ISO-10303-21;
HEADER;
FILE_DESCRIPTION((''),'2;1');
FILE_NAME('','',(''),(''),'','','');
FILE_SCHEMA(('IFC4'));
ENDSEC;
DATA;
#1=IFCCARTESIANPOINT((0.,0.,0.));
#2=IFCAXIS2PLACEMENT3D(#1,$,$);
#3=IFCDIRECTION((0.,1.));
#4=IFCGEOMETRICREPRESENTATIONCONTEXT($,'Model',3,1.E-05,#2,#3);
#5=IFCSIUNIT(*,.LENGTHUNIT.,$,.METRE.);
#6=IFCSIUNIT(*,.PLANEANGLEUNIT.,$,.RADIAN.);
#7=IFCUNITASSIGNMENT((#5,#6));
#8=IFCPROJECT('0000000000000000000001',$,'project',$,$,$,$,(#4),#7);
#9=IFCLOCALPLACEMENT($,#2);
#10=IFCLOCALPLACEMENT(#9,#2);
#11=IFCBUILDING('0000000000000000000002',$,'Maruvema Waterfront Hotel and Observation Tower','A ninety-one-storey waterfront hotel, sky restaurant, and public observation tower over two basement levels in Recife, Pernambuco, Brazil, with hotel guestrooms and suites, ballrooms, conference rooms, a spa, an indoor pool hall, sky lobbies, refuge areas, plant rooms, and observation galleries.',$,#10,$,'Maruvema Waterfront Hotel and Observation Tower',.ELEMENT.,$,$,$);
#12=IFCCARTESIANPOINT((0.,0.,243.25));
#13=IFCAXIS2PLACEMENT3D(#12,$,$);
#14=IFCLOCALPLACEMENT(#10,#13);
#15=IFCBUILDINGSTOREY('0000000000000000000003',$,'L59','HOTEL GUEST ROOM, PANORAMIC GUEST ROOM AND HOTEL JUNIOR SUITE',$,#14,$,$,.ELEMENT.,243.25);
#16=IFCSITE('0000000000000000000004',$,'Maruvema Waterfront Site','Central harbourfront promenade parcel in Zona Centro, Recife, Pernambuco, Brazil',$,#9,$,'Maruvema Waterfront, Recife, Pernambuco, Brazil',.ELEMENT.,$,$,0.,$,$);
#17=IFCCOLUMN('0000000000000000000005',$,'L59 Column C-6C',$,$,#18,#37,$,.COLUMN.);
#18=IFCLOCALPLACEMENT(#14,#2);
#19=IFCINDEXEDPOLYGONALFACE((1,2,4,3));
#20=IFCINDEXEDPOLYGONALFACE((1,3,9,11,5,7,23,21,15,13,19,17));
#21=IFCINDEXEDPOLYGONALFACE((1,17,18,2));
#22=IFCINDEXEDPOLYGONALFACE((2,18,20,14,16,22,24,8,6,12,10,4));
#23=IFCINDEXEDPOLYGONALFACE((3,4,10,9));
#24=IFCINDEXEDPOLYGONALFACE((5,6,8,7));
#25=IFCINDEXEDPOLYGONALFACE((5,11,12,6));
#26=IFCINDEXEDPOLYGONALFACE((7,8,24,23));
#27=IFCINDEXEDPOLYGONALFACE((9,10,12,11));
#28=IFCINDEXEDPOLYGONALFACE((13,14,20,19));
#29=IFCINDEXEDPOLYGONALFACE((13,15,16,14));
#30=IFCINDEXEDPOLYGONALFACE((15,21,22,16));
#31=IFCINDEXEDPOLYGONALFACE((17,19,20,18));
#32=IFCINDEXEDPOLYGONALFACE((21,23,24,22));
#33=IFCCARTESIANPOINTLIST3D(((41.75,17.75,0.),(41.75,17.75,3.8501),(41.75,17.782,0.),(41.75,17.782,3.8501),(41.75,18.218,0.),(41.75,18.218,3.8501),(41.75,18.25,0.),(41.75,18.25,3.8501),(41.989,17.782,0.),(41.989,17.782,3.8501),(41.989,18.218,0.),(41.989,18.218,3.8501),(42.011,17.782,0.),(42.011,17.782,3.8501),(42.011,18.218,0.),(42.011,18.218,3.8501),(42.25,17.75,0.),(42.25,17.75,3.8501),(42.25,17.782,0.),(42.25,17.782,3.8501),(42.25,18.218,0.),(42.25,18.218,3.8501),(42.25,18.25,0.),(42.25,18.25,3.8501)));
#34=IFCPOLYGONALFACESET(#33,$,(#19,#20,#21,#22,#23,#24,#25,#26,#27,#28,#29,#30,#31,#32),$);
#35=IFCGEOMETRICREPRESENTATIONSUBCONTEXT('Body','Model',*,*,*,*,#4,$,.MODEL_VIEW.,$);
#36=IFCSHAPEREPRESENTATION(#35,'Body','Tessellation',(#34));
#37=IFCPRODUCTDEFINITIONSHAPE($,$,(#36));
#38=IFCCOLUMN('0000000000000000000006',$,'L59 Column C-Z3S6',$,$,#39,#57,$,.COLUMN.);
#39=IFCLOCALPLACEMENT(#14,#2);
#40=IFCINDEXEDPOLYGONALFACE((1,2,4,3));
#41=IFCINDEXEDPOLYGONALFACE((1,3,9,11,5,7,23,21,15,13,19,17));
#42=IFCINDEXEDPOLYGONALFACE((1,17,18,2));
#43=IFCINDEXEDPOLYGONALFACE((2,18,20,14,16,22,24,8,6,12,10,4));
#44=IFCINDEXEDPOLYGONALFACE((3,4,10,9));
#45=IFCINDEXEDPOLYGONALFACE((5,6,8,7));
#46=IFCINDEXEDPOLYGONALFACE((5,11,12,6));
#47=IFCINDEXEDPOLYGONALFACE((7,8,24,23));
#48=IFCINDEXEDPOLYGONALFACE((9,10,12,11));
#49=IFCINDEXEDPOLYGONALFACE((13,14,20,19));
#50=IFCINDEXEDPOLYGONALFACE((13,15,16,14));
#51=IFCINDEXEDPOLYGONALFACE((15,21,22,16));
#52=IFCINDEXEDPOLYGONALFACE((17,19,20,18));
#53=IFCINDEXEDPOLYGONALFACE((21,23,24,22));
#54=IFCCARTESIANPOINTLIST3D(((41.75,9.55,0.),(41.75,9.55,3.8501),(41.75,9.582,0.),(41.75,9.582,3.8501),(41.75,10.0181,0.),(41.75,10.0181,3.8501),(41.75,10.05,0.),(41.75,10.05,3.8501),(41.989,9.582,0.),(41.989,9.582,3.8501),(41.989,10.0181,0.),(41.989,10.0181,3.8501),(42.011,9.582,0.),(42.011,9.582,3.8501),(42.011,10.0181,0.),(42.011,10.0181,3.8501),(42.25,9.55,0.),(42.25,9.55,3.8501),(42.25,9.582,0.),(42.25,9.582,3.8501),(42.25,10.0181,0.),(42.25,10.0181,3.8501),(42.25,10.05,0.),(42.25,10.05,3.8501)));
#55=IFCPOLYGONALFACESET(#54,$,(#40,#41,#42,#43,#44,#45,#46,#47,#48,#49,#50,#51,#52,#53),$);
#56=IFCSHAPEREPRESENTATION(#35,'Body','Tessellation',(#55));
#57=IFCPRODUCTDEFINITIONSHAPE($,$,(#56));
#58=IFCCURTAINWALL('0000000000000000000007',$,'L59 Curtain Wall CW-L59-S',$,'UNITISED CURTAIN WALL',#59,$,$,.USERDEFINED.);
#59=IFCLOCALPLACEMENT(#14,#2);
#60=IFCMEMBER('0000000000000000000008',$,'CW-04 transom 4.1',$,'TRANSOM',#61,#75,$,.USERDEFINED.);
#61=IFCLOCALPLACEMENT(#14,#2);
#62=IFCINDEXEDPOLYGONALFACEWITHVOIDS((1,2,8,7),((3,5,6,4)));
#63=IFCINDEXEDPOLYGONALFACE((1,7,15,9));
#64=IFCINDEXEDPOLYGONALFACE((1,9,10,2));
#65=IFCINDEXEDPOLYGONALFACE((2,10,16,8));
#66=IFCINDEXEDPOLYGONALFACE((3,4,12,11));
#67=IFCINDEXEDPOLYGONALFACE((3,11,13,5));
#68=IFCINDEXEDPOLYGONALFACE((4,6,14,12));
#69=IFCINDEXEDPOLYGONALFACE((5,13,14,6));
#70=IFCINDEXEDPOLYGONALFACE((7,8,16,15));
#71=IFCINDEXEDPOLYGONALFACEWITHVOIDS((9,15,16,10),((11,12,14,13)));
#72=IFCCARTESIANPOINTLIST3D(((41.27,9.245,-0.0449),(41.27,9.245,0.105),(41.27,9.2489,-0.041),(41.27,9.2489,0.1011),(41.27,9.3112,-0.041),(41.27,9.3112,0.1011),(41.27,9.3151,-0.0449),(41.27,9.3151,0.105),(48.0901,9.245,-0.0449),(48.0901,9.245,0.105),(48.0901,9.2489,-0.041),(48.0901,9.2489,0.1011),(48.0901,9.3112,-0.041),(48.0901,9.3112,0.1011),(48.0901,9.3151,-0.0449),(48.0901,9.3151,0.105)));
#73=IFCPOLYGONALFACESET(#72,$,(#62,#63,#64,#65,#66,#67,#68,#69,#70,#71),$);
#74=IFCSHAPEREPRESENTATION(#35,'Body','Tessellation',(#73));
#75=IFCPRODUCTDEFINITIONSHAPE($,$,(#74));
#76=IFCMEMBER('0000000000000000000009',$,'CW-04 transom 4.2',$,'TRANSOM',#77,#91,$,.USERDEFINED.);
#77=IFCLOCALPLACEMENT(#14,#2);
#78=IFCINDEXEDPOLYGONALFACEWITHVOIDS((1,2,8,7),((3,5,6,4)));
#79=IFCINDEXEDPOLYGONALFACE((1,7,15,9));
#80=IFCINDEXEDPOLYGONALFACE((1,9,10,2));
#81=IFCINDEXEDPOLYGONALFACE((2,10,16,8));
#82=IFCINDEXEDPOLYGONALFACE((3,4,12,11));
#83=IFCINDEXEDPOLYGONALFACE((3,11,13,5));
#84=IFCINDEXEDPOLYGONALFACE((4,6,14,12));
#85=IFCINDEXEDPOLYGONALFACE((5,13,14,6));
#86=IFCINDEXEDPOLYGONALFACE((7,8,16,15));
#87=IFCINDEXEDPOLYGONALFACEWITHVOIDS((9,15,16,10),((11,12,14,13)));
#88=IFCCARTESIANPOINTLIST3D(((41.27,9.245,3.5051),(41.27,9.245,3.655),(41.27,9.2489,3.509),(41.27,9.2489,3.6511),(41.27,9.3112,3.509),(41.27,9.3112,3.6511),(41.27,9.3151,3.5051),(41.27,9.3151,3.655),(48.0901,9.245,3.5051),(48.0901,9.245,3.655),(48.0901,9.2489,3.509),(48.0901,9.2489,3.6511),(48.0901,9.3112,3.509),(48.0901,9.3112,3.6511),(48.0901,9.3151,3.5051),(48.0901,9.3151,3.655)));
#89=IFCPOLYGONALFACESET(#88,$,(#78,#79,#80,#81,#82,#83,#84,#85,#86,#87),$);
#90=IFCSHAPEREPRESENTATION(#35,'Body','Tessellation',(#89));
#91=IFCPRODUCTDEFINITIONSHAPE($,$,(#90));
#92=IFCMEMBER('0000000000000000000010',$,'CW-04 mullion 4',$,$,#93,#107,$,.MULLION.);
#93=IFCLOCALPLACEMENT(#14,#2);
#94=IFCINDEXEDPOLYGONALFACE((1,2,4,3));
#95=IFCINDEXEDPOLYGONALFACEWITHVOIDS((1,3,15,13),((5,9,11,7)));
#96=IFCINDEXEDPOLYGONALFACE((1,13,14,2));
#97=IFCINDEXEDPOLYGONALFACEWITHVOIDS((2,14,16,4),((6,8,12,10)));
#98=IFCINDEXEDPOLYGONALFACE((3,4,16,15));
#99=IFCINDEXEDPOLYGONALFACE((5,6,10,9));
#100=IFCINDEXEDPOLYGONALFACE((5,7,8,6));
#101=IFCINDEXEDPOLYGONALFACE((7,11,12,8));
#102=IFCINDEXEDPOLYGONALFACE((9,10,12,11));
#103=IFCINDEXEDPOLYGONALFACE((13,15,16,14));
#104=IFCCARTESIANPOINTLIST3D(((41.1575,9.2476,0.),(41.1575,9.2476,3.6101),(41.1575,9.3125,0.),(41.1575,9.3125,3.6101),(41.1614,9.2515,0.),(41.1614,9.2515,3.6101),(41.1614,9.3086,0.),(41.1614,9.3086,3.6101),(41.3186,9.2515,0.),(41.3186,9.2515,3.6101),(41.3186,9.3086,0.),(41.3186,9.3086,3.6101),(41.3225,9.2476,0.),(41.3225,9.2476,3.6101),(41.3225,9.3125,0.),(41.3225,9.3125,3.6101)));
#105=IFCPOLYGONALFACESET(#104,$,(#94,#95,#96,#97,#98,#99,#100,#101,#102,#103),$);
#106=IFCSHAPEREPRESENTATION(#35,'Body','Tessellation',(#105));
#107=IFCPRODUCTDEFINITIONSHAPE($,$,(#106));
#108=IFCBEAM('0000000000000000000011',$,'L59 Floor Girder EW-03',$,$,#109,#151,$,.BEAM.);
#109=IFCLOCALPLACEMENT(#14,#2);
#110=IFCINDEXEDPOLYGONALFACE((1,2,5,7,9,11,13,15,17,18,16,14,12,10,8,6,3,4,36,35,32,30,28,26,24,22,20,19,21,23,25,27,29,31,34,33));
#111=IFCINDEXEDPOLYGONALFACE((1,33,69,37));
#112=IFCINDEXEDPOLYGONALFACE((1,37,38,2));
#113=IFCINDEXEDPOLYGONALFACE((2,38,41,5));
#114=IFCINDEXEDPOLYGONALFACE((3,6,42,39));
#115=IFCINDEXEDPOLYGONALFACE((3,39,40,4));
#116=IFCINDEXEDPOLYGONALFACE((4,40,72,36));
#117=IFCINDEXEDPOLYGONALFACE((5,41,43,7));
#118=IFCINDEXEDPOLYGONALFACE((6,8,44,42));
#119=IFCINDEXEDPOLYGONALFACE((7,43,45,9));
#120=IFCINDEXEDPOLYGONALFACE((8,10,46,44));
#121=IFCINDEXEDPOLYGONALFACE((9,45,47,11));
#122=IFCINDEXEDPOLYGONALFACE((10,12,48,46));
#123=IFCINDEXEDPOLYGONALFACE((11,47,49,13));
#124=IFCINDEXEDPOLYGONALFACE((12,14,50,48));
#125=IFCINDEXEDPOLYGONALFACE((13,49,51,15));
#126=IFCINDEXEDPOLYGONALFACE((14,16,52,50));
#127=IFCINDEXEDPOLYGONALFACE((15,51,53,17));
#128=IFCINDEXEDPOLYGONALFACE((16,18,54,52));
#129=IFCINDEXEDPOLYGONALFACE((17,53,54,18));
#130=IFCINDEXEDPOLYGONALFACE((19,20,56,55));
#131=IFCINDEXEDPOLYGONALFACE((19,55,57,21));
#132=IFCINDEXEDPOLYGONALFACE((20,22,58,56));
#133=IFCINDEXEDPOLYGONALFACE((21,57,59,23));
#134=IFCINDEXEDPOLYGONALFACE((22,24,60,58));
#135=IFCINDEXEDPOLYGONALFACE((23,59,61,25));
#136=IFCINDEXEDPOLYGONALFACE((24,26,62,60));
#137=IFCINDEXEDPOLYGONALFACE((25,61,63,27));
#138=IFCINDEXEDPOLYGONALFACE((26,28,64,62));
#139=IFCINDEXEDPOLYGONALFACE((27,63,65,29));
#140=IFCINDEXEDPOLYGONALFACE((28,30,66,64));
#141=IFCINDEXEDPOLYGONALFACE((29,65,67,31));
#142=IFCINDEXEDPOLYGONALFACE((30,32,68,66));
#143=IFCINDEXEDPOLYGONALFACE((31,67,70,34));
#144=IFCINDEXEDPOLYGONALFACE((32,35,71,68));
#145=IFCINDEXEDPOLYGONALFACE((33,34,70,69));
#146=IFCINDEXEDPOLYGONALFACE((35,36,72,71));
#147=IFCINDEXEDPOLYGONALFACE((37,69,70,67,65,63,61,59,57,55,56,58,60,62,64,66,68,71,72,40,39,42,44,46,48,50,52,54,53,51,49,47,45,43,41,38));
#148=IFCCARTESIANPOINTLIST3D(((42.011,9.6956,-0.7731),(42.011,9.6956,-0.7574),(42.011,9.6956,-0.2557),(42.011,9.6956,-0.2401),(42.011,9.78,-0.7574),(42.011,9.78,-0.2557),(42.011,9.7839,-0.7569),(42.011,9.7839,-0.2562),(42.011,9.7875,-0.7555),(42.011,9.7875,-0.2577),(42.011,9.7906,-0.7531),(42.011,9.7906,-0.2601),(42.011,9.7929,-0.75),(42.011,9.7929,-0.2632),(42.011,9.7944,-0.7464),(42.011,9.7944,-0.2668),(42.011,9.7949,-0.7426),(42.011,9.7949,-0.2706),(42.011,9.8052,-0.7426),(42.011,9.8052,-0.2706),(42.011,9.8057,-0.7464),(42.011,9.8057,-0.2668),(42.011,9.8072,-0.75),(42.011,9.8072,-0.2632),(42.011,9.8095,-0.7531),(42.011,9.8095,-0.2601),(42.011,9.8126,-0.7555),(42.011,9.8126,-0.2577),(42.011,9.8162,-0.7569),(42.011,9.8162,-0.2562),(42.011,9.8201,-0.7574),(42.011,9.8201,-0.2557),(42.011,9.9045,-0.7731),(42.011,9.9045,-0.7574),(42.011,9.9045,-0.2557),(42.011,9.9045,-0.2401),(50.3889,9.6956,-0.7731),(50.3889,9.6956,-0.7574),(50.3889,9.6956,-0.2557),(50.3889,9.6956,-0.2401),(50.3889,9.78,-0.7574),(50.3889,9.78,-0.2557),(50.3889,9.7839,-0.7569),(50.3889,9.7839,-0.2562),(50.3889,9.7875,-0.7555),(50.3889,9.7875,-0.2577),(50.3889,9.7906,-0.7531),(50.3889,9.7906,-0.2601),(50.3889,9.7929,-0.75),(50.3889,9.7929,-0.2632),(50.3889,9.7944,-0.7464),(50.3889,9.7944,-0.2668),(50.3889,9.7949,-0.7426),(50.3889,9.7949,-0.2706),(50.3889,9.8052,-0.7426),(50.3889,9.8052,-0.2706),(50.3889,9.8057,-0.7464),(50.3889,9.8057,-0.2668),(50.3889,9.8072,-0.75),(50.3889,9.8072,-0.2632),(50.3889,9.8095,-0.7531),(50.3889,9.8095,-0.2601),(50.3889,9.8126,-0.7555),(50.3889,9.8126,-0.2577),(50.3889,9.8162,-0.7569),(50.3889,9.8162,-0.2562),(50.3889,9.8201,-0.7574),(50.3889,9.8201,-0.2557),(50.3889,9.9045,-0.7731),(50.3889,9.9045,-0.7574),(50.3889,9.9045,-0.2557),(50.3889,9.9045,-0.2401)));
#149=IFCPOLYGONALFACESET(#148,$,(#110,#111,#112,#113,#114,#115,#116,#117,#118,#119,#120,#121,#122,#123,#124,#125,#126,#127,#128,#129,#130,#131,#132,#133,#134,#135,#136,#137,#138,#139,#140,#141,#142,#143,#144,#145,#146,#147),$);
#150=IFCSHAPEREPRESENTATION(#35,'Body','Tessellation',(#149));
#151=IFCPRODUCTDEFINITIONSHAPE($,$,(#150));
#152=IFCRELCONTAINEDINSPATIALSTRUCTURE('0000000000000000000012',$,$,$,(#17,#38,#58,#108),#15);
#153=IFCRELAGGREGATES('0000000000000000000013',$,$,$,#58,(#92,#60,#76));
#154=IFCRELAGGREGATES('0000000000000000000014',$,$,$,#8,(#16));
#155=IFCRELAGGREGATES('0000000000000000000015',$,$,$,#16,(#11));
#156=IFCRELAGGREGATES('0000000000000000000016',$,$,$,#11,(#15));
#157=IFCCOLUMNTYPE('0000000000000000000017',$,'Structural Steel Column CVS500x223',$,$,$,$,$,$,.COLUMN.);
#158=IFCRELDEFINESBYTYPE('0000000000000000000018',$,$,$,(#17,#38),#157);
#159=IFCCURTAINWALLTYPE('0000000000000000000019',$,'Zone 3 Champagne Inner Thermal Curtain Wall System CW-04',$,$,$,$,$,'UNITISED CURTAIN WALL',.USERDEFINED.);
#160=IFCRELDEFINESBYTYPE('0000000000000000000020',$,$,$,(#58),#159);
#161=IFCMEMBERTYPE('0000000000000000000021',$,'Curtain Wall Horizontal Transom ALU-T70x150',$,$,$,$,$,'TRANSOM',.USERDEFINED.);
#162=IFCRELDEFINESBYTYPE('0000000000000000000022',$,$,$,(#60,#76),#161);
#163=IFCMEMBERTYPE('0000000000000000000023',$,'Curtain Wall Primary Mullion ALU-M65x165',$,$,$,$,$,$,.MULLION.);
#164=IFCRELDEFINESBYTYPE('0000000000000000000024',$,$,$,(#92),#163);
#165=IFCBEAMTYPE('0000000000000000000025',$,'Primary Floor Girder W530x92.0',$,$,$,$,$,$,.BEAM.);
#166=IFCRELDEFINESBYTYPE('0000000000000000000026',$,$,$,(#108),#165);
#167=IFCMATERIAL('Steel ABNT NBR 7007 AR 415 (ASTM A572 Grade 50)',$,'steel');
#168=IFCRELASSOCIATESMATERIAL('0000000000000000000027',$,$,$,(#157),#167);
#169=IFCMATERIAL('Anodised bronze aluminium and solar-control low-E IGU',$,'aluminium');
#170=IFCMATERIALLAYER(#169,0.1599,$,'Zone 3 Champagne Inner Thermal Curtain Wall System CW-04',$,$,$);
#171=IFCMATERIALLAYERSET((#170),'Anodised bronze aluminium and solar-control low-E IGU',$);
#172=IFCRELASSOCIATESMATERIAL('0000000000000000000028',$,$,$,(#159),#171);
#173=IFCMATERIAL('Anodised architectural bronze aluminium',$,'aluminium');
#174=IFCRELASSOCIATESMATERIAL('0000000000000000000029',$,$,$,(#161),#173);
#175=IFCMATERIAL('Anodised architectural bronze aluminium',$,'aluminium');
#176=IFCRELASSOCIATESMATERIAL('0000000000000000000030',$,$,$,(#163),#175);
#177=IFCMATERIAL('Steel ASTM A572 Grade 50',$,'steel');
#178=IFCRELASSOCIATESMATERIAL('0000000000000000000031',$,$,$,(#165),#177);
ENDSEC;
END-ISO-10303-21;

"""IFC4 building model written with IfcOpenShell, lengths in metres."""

from ifc_helpers import new_model, si_unit, direction, frame, origin, origin_2d, place, context, subcontext, project, spatial, hollow_rectangle, i_section, extrude, material, layer, layer_set, material_profile, profile_set, type_object, element, aggregate, save


model = new_model("IFC4")

# Units and contexts
model_context = context("Model", 3, precision=1e-05, world=origin(), true_north=direction((0.0, 1.0)))
body_context = subcontext(model_context, "Body", "Model", "MODEL_VIEW")
ifc_project = project(units=[si_unit("LENGTHUNIT", "METRE"), si_unit("PLANEANGLEUNIT", "RADIAN")], contexts=[model_context])

# Site, building, storey
site_placement = place(None, origin())
site = spatial("IfcSite", under=ifc_project, at=site_placement, Name="Maruvema Waterfront Site", Description="Central harbourfront promenade parcel in Zona Centro, Recife, Pernambuco, Brazil", LongName="Maruvema Waterfront, Recife, Pernambuco, Brazil", CompositionType="ELEMENT", RefElevation=0.0)
building_placement = place(site_placement, origin())
building = spatial("IfcBuilding", under=site, at=building_placement, Name="Maruvema Waterfront Hotel and Observation Tower", Description="A ninety-one-storey waterfront hotel, sky restaurant, and public observation tower over two basement levels in Recife, Pernambuco, Brazil, with hotel guestrooms and suites, ballrooms, conference rooms, a spa, an indoor pool hall, sky lobbies, refuge areas, plant rooms, and observation galleries.", LongName="Maruvema Waterfront Hotel and Observation Tower", CompositionType="ELEMENT")
storey_placement = place(building_placement, frame((0.0, 0.0, 243.25)))
storey = spatial("IfcBuildingStorey", under=building, at=storey_placement, Name="L59", Description="HOTEL GUEST ROOM, PANORAMIC GUEST ROOM AND HOTEL JUNIOR SUITE", CompositionType="ELEMENT", Elevation=243.25)

# Columns
ifc_material_1 = material(Name="Steel ABNT NBR 7007 AR 415 (ASTM A572 Grade 50)", Category="steel")
ifc_material_profile_1 = material_profile(ifc_material_1, i_section(OverallWidth=0.5, OverallDepth=0.5, WebThickness=0.022, FlangeThickness=0.032, at=origin_2d()), Name="CVS500x223")
ifc_profile_set_1 = profile_set([ifc_material_profile_1], Name="Steel ABNT NBR 7007 AR 415 (ASTM A572 Grade 50)")
column_type = type_object("IfcColumnType", Name="Structural Steel Column CVS500x223", PredefinedType="COLUMN", material=ifc_profile_set_1)
for number, where, z_axis, x_axis, name in (
    (1, (42.0, 18.0, 0.0), (0.0, 0.0, 1.0), (1.0, 0.0, 0.0), "L59 Column C-6C"),
    (2, (42.0, 9.8, 0.0), (0.0, 0.0, 1.0), (1.0, 0.0, 0.0), "L59 Column C-Z3S6"),
):
    element("IfcColumn", number, at=place(storey_placement, frame(where, z_axis=z_axis, x_axis=x_axis)), inside=storey, type_object=column_type, Name=name, PredefinedType="COLUMN", context=body_context, shape_type="SweptSolid", body=[
        extrude(i_section(OverallWidth=0.5, OverallDepth=0.5, WebThickness=0.022, FlangeThickness=0.032, at=origin_2d()), origin(), (0.0, 0.0, 1.0), 3.8501),
    ])

# Curtain wall, members
ifc_material_2 = material(Name="Anodised bronze aluminium and solar-control low-E IGU", Category="aluminium")
ifc_layer_1 = layer(ifc_material_2, 0.1599, Name="Zone 3 Champagne Inner Thermal Curtain Wall System CW-04")
ifc_layer_set_1 = layer_set([ifc_layer_1], Name="Anodised bronze aluminium and solar-control low-E IGU")
curtain_wall_type = type_object("IfcCurtainWallType", Name="Zone 3 Champagne Inner Thermal Curtain Wall System CW-04", ElementType="UNITISED CURTAIN WALL", PredefinedType="USERDEFINED", material=ifc_layer_set_1)
curtain_wall_placement = place(storey_placement, origin())
curtain_wall = element("IfcCurtainWall", 3, at=curtain_wall_placement, inside=storey, type_object=curtain_wall_type, Name="L59 Curtain Wall CW-L59-S", ObjectType="UNITISED CURTAIN WALL", PredefinedType="USERDEFINED")
ifc_material_3 = material(Name="Anodised architectural bronze aluminium", Category="aluminium")
ifc_material_profile_2 = material_profile(ifc_material_3, hollow_rectangle(XDim=0.0701, YDim=0.1499, WallThickness=0.0039, at=origin_2d()), Name="ALU-T70x150")
ifc_profile_set_2 = profile_set([ifc_material_profile_2], Name="Anodised architectural bronze aluminium")
member_type_1 = type_object("IfcMemberType", Name="Curtain Wall Horizontal Transom ALU-T70x150", ElementType="TRANSOM", PredefinedType="USERDEFINED", material=ifc_profile_set_2)
member_1_placement = place(storey_placement, frame((41.27, 9.28, 0.03), z_axis=(1.0, 0.0, 0.0), x_axis=(0.0, 1.0, 0.0)))
member_1 = element("IfcMember", 4, at=member_1_placement, type_object=member_type_1, Name="CW-04 transom 4.1", ObjectType="TRANSOM", PredefinedType="USERDEFINED", context=body_context, shape_type="SweptSolid", body=[
    extrude(hollow_rectangle(XDim=0.0701, YDim=0.1499, WallThickness=0.0039, at=origin_2d()), origin(), (0.0, 0.0, 1.0), 6.8201),
])
member_2_placement = place(storey_placement, frame((41.27, 9.28, 3.5801), z_axis=(1.0, 0.0, 0.0), x_axis=(0.0, 1.0, 0.0)))
member_2 = element("IfcMember", 5, at=member_2_placement, type_object=member_type_1, Name="CW-04 transom 4.2", ObjectType="TRANSOM", PredefinedType="USERDEFINED", context=body_context, shape_type="SweptSolid", body=[
    extrude(hollow_rectangle(XDim=0.0701, YDim=0.1499, WallThickness=0.0039, at=origin_2d()), origin(), (0.0, 0.0, 1.0), 6.8201),
])
ifc_material_4 = material(Name="Anodised architectural bronze aluminium", Category="aluminium")
ifc_material_profile_3 = material_profile(ifc_material_4, hollow_rectangle(XDim=0.0649, YDim=0.165, WallThickness=0.0039, at=origin_2d()), Name="ALU-M65x165")
ifc_profile_set_3 = profile_set([ifc_material_profile_3], Name="Anodised architectural bronze aluminium")
member_type_2 = type_object("IfcMemberType", Name="Curtain Wall Primary Mullion ALU-M65x165", PredefinedType="MULLION", material=ifc_profile_set_3)
member_3_placement = place(storey_placement, frame((41.24, 9.28, 0.0), z_axis=(0.0, 0.0, 1.0), x_axis=(0.0, 1.0, 0.0)))
member_3 = element("IfcMember", 6, at=member_3_placement, type_object=member_type_2, Name="CW-04 mullion 4", PredefinedType="MULLION", context=body_context, shape_type="SweptSolid", body=[
    extrude(hollow_rectangle(XDim=0.0649, YDim=0.165, WallThickness=0.0039, at=origin_2d()), origin(), (0.0, 0.0, 1.0), 3.6101),
])

# Beam
ifc_material_5 = material(Name="Steel ASTM A572 Grade 50", Category="steel")
ifc_material_profile_4 = material_profile(ifc_material_5, i_section(OverallWidth=0.209, OverallDepth=0.533, WebThickness=0.0103, FlangeThickness=0.0156, FilletRadius=0.0149, at=origin_2d()), Name="W530x92.0")
ifc_profile_set_4 = profile_set([ifc_material_profile_4], Name="Steel ASTM A572 Grade 50")
beam_type_1 = type_object("IfcBeamType", Name="Primary Floor Girder W530x92.0", PredefinedType="BEAM", material=ifc_profile_set_4)
beam_1_placement = place(storey_placement, frame((42.011, 9.8, -0.5066), z_axis=(1.0, 0.0, 0.0), x_axis=(0.0, 1.0, 0.0)))
element("IfcBeam", 7, at=beam_1_placement, inside=storey, type_object=beam_type_1, Name="L59 Floor Girder EW-03", PredefinedType="BEAM", context=body_context, shape_type="SweptSolid", body=[
    extrude(i_section(OverallWidth=0.209, OverallDepth=0.533, WebThickness=0.0103, FlangeThickness=0.0156, FilletRadius=0.0149, at=origin_2d()), origin(), (0.0, 0.0, 1.0), 8.3779),
])

aggregate(curtain_wall, [member_3, member_1, member_2])

save(model, "model.ifc")
